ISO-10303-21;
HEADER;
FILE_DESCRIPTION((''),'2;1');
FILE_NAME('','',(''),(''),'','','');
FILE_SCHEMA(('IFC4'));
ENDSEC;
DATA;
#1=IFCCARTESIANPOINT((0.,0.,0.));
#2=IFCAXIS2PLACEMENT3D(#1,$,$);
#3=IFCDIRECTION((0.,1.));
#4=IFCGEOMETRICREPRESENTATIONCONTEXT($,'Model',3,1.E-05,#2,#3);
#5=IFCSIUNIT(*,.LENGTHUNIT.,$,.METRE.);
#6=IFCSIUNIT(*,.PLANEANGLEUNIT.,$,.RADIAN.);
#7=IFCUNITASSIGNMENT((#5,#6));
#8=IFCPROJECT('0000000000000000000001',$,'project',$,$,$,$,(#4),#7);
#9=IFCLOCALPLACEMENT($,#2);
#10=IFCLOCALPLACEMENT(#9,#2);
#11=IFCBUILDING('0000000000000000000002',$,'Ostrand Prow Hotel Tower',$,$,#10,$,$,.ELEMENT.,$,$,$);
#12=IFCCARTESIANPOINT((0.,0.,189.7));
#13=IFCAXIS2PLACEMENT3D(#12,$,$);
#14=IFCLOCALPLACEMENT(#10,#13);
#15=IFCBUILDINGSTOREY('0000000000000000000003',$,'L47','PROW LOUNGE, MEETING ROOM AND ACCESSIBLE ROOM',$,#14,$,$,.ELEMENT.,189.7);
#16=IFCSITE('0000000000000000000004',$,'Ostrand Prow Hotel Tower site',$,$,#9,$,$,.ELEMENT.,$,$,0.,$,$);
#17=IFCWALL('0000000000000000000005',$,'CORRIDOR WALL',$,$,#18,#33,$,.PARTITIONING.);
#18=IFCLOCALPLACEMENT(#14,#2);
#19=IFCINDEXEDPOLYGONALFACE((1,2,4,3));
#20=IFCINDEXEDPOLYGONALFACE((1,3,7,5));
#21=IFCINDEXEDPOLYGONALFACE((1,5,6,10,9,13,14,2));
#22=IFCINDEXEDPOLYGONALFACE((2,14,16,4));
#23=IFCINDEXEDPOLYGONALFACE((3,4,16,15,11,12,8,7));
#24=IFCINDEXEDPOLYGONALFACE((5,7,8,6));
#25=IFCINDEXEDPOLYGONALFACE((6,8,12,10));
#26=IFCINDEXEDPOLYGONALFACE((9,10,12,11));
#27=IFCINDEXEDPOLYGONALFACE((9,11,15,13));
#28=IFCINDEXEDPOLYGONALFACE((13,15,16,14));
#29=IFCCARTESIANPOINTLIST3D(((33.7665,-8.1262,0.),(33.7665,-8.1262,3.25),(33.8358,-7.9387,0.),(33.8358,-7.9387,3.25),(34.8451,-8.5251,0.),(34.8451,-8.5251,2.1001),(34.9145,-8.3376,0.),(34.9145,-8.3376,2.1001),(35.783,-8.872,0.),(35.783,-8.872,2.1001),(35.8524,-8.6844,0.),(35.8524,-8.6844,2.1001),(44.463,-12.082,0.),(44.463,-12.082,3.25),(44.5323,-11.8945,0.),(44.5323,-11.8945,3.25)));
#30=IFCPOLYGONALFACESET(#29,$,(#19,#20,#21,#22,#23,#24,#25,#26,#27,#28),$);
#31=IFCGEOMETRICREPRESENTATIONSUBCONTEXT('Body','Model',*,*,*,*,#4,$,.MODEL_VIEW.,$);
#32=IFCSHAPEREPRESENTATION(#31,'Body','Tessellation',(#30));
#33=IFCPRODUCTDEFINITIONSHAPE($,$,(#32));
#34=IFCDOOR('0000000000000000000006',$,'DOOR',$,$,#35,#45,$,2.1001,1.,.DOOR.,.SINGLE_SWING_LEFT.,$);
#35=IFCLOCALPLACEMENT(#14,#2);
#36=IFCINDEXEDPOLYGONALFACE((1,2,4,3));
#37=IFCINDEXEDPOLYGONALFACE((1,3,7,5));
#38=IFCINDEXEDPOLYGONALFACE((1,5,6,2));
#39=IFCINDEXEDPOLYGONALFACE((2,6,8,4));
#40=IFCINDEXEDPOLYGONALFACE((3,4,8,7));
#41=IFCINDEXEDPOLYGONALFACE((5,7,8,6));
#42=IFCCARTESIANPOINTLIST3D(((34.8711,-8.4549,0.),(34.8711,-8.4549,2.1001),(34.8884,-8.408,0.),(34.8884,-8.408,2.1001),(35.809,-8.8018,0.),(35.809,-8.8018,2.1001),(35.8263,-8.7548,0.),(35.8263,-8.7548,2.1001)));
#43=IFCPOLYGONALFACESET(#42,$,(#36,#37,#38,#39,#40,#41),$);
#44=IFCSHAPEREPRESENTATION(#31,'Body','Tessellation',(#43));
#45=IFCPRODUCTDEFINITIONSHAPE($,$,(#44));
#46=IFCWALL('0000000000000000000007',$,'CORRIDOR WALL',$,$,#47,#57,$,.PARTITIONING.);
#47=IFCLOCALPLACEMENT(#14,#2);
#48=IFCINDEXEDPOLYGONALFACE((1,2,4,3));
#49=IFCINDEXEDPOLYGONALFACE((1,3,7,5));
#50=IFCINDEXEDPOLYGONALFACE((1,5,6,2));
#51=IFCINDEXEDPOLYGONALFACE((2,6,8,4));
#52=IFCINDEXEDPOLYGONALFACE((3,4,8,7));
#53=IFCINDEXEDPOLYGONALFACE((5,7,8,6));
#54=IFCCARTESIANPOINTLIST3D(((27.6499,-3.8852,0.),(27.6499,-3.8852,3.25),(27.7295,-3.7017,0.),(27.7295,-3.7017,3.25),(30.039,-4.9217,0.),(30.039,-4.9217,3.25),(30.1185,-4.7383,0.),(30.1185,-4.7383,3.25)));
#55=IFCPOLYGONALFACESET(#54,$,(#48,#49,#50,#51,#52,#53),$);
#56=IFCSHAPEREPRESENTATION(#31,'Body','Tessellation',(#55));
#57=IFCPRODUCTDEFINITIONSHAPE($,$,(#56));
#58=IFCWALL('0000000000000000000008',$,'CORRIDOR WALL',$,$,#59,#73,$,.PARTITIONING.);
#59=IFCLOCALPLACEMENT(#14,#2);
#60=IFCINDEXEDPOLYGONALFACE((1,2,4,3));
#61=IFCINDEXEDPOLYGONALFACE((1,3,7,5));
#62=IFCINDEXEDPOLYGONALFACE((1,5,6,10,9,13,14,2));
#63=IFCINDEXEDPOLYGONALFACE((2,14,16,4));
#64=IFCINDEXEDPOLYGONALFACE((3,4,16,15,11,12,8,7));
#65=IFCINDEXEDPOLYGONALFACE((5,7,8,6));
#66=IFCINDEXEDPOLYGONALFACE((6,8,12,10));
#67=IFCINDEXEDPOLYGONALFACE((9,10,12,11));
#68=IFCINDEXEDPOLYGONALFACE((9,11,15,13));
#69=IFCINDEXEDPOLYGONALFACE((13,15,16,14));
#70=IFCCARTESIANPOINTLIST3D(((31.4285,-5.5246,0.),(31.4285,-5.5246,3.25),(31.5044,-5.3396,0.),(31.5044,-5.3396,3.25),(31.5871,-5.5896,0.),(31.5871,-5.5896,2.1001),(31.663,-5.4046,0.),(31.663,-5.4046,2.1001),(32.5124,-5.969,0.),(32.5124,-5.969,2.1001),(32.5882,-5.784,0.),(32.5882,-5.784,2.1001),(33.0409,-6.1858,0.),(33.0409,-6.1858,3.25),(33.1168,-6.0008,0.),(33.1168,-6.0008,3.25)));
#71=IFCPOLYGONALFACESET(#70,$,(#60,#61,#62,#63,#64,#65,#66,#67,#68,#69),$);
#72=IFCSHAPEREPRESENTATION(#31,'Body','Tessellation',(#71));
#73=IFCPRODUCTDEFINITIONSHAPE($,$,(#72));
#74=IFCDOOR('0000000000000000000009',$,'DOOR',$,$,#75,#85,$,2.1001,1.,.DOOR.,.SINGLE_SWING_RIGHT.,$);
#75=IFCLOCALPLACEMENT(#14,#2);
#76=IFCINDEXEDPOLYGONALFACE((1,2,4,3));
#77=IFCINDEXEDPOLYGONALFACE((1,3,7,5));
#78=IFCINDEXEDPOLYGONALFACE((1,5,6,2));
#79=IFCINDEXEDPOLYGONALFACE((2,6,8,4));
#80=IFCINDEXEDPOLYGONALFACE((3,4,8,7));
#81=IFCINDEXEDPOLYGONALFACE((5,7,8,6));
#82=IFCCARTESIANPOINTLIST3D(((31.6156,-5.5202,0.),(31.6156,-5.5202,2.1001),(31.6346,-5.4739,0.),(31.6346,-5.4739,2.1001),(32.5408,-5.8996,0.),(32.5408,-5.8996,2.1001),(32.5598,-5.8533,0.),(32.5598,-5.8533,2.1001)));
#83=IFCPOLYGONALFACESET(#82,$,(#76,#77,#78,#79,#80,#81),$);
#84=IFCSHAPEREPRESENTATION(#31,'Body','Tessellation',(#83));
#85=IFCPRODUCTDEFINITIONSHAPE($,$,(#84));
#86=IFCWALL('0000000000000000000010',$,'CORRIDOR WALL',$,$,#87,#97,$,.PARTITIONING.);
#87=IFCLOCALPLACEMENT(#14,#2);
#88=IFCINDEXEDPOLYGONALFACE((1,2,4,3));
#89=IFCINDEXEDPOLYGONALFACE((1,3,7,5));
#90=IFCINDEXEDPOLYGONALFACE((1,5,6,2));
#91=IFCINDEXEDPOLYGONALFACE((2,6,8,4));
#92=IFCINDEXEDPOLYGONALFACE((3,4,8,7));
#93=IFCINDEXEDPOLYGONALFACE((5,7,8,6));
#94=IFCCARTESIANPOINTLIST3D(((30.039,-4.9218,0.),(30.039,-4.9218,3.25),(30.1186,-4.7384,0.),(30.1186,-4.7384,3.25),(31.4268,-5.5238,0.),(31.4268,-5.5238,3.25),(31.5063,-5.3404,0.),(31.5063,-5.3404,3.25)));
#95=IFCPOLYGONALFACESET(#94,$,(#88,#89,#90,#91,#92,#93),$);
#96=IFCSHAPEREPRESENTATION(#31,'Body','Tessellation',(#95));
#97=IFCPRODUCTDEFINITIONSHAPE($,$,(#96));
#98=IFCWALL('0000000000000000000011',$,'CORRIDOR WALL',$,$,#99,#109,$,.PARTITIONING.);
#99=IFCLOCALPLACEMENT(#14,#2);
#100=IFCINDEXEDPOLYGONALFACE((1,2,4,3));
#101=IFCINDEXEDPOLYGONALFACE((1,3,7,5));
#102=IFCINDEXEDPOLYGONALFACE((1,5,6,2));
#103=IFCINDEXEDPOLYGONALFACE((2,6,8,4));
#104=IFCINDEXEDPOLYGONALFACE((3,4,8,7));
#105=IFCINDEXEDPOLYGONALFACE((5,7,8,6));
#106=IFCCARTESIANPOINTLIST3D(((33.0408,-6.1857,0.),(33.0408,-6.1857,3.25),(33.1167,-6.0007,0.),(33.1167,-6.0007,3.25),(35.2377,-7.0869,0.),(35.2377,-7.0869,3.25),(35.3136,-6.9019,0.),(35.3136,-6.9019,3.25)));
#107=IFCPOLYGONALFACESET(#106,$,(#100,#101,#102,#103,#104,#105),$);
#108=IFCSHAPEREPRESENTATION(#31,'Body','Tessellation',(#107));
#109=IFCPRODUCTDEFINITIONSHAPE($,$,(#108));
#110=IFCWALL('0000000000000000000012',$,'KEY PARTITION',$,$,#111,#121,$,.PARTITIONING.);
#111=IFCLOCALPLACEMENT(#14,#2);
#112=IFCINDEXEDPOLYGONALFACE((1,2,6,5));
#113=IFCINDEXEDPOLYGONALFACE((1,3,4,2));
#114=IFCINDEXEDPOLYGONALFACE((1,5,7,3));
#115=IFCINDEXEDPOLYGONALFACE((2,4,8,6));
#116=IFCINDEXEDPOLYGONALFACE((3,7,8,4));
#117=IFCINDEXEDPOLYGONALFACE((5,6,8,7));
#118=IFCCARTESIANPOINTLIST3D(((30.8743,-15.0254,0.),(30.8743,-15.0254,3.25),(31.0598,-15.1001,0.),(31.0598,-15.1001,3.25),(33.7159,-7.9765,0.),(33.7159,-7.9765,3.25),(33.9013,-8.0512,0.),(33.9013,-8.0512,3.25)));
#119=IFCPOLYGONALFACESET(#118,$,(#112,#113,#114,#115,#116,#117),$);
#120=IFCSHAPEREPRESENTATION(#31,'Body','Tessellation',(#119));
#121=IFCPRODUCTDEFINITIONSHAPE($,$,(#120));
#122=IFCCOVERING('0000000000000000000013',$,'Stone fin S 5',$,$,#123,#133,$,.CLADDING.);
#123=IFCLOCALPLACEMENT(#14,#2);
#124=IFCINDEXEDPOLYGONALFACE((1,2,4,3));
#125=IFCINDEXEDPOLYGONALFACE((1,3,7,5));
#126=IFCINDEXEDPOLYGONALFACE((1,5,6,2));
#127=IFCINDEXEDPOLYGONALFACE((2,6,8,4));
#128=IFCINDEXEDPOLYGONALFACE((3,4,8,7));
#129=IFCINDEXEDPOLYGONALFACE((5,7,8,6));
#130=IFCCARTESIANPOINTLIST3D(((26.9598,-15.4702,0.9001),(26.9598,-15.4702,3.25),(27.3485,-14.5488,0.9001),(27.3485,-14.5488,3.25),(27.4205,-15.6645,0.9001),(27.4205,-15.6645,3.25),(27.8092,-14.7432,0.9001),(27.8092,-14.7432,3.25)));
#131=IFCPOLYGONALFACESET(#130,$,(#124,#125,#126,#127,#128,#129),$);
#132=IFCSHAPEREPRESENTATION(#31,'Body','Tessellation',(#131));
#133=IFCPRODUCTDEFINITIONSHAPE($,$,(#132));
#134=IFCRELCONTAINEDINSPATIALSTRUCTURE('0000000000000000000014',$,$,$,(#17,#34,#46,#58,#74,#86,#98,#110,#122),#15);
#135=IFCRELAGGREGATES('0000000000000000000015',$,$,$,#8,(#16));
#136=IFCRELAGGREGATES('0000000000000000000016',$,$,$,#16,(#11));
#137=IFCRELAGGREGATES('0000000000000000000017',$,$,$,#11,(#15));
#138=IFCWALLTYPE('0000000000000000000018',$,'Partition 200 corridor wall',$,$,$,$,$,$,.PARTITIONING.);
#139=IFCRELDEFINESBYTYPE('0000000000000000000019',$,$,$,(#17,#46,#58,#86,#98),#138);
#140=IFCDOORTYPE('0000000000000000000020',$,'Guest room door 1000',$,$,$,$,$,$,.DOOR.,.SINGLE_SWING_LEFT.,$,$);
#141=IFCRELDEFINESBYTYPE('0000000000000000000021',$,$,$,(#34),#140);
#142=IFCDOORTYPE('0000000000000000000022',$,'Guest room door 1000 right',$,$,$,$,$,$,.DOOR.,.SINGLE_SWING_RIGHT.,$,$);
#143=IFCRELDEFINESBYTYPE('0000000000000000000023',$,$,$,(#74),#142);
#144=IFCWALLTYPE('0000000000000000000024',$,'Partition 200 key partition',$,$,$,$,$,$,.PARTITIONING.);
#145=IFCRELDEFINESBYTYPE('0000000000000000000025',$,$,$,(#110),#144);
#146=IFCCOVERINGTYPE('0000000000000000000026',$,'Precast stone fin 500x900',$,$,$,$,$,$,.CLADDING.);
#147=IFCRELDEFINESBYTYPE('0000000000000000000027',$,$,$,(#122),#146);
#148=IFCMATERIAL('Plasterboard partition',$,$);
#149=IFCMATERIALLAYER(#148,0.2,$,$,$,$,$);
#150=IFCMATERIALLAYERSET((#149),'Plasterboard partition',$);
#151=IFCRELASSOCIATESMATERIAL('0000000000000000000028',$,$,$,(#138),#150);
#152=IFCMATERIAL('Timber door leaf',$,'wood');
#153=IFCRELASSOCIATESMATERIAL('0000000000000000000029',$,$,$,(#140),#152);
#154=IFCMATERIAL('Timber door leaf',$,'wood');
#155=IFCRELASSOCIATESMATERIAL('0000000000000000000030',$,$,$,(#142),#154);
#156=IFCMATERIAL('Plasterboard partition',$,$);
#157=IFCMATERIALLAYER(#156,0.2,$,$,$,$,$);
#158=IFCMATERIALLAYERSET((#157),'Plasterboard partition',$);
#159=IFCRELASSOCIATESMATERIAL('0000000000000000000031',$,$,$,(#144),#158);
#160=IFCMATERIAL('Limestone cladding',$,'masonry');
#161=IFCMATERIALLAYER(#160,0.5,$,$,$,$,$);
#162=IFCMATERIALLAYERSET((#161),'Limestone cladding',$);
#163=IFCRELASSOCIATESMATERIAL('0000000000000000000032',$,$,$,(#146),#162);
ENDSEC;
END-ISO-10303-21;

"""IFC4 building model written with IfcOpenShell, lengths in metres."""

from ifc_helpers import new_model, si_unit, direction, frame, frame_2d, origin, place, context, subcontext, project, spatial, rectangle, extrude, material, layer, layer_set, type_object, element, fill, save


model = new_model("IFC4")

# Units and contexts
model_context = context("Model", 3, precision=1e-05, world=origin(), true_north=direction((0.0, 1.0)))
body_context = subcontext(model_context, "Body", "Model", "MODEL_VIEW")
ifc_project = project(units=[si_unit("LENGTHUNIT", "METRE"), si_unit("PLANEANGLEUNIT", "RADIAN")], contexts=[model_context])

# Site, building, storey
site_placement = place(None, origin())
site = spatial("IfcSite", under=ifc_project, at=site_placement, Name="Ostrand Prow Hotel Tower site", CompositionType="ELEMENT", RefElevation=0.0)
building_placement = place(site_placement, origin())
building = spatial("IfcBuilding", under=site, at=building_placement, Name="Ostrand Prow Hotel Tower", CompositionType="ELEMENT")
storey_placement = place(building_placement, frame((0.0, 0.0, 189.7)))
storey = spatial("IfcBuildingStorey", under=building, at=storey_placement, Name="L47", Description="PROW LOUNGE, MEETING ROOM AND ACCESSIBLE ROOM", CompositionType="ELEMENT", Elevation=189.7)

# Wall, opening, door
ifc_material_1 = material(Name="Plasterboard partition")
ifc_layer_1 = layer(ifc_material_1, 0.2)
ifc_layer_set_1 = layer_set([ifc_layer_1], Name="Plasterboard partition")
wall_type_1 = type_object("IfcWallType", Name="Partition 200 corridor wall", PredefinedType="PARTITIONING", material=ifc_layer_set_1)
wall_1_placement = place(storey_placement, frame((33.8013, -8.0325, 0.0), z_axis=(0.0, 0.0, 1.0), x_axis=(0.937916, -0.346862, 0.0)))
wall_1 = element("IfcWall", 1, at=wall_1_placement, inside=storey, type_object=wall_type_1, Name="CORRIDOR WALL", PredefinedType="PARTITIONING", context=body_context, shape_type="SweptSolid", body=[
    extrude(rectangle(XDim=11.4045, YDim=0.2, at=frame_2d((5.7021, 0.0))), origin(), (0.0, 0.0, 1.0), 3.25),
])
opening_1_placement = place(wall_1_placement, frame((1.1499, 0.0, 0.0)))
opening_1 = element("IfcOpeningElement", 2, at=opening_1_placement, cuts=wall_1, PredefinedType="OPENING", context=body_context, shape_type="SweptSolid", body=[
    extrude(rectangle(XDim=1.0, YDim=2.1001, at=frame_2d((0.5, 1.05))), frame((0.0, 0.1099, 0.0), z_axis=(0.0, -1.0, 0.0), x_axis=(1.0, 0.0, 0.0)), (0.0, 0.0, 1.0), 0.22),
])
ifc_material_2 = material(Name="Timber door leaf", Category="wood")
door_type_1 = type_object("IfcDoorType", Name="Guest room door 1000", OperationType="SINGLE_SWING_LEFT", PredefinedType="DOOR", material=ifc_material_2)
door_1_placement = place(opening_1_placement, origin())
door_1 = element("IfcDoor", 3, at=door_1_placement, inside=storey, type_object=door_type_1, Name="DOOR", OperationType="SINGLE_SWING_LEFT", OverallHeight=2.1001, OverallWidth=1.0, PredefinedType="DOOR", context=body_context, shape_type="SweptSolid", body=[
    extrude(rectangle(XDim=1.0, YDim=2.1001, at=frame_2d((0.5, 1.05))), frame((0.0, 0.0249, 0.0), z_axis=(0.0, -1.0, 0.0), x_axis=(1.0, 0.0, 0.0)), (0.0, 0.0, 1.0), 0.05),
])
fill(opening_1, door_1)

# Wall
wall_2_placement = place(storey_placement, frame((30.0789, -4.8301, 0.0), z_axis=(0.0, 0.0, 1.0), x_axis=(-0.917371, 0.398034, 0.0)))
element("IfcWall", 4, at=wall_2_placement, inside=storey, type_object=wall_type_1, Name="CORRIDOR WALL", PredefinedType="PARTITIONING", context=body_context, shape_type="SweptSolid", body=[
    extrude(rectangle(XDim=2.6042, YDim=0.2, at=frame_2d((1.3022, 0.0))), origin(), (0.0, 0.0, 1.0), 3.25),
])

# Wall, opening, door
wall_3_placement = place(storey_placement, frame((33.0789, -6.0933, 0.0), z_axis=(0.0, 0.0, 1.0), x_axis=(-0.925234, 0.379396, 0.0)))
wall_3 = element("IfcWall", 5, at=wall_3_placement, inside=storey, type_object=wall_type_1, Name="CORRIDOR WALL", PredefinedType="PARTITIONING", context=body_context, shape_type="SweptSolid", body=[
    extrude(rectangle(XDim=1.7427, YDim=0.2, at=frame_2d((0.8713, 0.0))), origin(), (0.0, 0.0, 1.0), 3.25),
])
opening_2_placement = place(wall_3_placement, frame((0.5713, 0.0, 0.0)))
opening_2 = element("IfcOpeningElement", 6, at=opening_2_placement, cuts=wall_3, PredefinedType="OPENING", context=body_context, shape_type="SweptSolid", body=[
    extrude(rectangle(XDim=1.0, YDim=2.1001, at=frame_2d((0.5, 1.05))), frame((0.0, 0.1099, 0.0), z_axis=(0.0, -1.0, 0.0), x_axis=(1.0, 0.0, 0.0)), (0.0, 0.0, 1.0), 0.22),
])
ifc_material_3 = material(Name="Timber door leaf", Category="wood")
door_type_2 = type_object("IfcDoorType", Name="Guest room door 1000 right", OperationType="SINGLE_SWING_RIGHT", PredefinedType="DOOR", material=ifc_material_3)
door_2_placement = place(opening_2_placement, origin())
door_2 = element("IfcDoor", 7, at=door_2_placement, inside=storey, type_object=door_type_2, Name="DOOR", OperationType="SINGLE_SWING_RIGHT", OverallHeight=2.1001, OverallWidth=1.0, PredefinedType="DOOR", context=body_context, shape_type="SweptSolid", body=[
    extrude(rectangle(XDim=1.0, YDim=2.1001, at=frame_2d((0.5, 1.05))), frame((0.0, 0.0249, 0.0), z_axis=(0.0, -1.0, 0.0), x_axis=(1.0, 0.0, 0.0)), (0.0, 0.0, 1.0), 0.05),
])
fill(opening_2, door_2)

# Walls
wall_4_placement = place(storey_placement, frame((31.4666, -5.4321, 0.0), z_axis=(0.0, 0.0, 1.0), x_axis=(-0.917383, 0.398006, 0.0)))
element("IfcWall", 8, at=wall_4_placement, inside=storey, type_object=wall_type_1, Name="CORRIDOR WALL", PredefinedType="PARTITIONING", context=body_context, shape_type="SweptSolid", body=[
    extrude(rectangle(XDim=1.5127, YDim=0.2, at=frame_2d((0.7563, 0.0))), origin(), (0.0, 0.0, 1.0), 3.25),
])
wall_5_placement = place(storey_placement, frame((35.2756, -6.9944, 0.0), z_axis=(0.0, 0.0, 1.0), x_axis=(-0.925186, 0.379513, 0.0)))
element("IfcWall", 9, at=wall_5_placement, inside=storey, type_object=wall_type_1, Name="CORRIDOR WALL", PredefinedType="PARTITIONING", context=body_context, shape_type="SweptSolid", body=[
    extrude(rectangle(XDim=2.3745, YDim=0.2, at=frame_2d((1.1873, 0.0))), origin(), (0.0, 0.0, 1.0), 3.25),
])
ifc_material_4 = material(Name="Plasterboard partition")
ifc_layer_2 = layer(ifc_material_4, 0.2)
ifc_layer_set_2 = layer_set([ifc_layer_2], Name="Plasterboard partition")
wall_type_2 = type_object("IfcWallType", Name="Partition 200 key partition", PredefinedType="PARTITIONING", material=ifc_layer_set_2)
wall_6_placement = place(storey_placement, frame((30.967, -15.0627, 0.0), z_axis=(0.0, 0.0, 1.0), x_axis=(0.373887, 0.927474, 0.0)))
element("IfcWall", 10, at=wall_6_placement, inside=storey, type_object=wall_type_2, Name="KEY PARTITION", PredefinedType="PARTITIONING", context=body_context, shape_type="SweptSolid", body=[
    extrude(rectangle(XDim=7.6001, YDim=0.2, at=frame_2d((3.8, 0.0))), origin(), (0.0, 0.0, 1.0), 3.25),
])

# Covering
ifc_material_5 = material(Name="Limestone cladding", Category="masonry")
ifc_layer_3 = layer(ifc_material_5, 0.5)
ifc_layer_set_3 = layer_set([ifc_layer_3], Name="Limestone cladding")
covering_type = type_object("IfcCoveringType", Name="Precast stone fin 500x900", PredefinedType="CLADDING", material=ifc_layer_set_3)
covering_placement = place(storey_placement, frame((27.5789, -14.646, 0.9001), z_axis=(0.0, 0.0, 1.0), x_axis=(-0.388668, -0.921378, 0.0)))
element("IfcCovering", 11, at=covering_placement, inside=storey, type_object=covering_type, Name="Stone fin S 5", PredefinedType="CLADDING", context=body_context, shape_type="SweptSolid", body=[
    extrude(rectangle(XDim=1.0, YDim=0.5, at=frame_2d((0.5, 0.0))), origin(), (0.0, 0.0, 1.0), 2.3499),
])

save(model, "model.ifc")
